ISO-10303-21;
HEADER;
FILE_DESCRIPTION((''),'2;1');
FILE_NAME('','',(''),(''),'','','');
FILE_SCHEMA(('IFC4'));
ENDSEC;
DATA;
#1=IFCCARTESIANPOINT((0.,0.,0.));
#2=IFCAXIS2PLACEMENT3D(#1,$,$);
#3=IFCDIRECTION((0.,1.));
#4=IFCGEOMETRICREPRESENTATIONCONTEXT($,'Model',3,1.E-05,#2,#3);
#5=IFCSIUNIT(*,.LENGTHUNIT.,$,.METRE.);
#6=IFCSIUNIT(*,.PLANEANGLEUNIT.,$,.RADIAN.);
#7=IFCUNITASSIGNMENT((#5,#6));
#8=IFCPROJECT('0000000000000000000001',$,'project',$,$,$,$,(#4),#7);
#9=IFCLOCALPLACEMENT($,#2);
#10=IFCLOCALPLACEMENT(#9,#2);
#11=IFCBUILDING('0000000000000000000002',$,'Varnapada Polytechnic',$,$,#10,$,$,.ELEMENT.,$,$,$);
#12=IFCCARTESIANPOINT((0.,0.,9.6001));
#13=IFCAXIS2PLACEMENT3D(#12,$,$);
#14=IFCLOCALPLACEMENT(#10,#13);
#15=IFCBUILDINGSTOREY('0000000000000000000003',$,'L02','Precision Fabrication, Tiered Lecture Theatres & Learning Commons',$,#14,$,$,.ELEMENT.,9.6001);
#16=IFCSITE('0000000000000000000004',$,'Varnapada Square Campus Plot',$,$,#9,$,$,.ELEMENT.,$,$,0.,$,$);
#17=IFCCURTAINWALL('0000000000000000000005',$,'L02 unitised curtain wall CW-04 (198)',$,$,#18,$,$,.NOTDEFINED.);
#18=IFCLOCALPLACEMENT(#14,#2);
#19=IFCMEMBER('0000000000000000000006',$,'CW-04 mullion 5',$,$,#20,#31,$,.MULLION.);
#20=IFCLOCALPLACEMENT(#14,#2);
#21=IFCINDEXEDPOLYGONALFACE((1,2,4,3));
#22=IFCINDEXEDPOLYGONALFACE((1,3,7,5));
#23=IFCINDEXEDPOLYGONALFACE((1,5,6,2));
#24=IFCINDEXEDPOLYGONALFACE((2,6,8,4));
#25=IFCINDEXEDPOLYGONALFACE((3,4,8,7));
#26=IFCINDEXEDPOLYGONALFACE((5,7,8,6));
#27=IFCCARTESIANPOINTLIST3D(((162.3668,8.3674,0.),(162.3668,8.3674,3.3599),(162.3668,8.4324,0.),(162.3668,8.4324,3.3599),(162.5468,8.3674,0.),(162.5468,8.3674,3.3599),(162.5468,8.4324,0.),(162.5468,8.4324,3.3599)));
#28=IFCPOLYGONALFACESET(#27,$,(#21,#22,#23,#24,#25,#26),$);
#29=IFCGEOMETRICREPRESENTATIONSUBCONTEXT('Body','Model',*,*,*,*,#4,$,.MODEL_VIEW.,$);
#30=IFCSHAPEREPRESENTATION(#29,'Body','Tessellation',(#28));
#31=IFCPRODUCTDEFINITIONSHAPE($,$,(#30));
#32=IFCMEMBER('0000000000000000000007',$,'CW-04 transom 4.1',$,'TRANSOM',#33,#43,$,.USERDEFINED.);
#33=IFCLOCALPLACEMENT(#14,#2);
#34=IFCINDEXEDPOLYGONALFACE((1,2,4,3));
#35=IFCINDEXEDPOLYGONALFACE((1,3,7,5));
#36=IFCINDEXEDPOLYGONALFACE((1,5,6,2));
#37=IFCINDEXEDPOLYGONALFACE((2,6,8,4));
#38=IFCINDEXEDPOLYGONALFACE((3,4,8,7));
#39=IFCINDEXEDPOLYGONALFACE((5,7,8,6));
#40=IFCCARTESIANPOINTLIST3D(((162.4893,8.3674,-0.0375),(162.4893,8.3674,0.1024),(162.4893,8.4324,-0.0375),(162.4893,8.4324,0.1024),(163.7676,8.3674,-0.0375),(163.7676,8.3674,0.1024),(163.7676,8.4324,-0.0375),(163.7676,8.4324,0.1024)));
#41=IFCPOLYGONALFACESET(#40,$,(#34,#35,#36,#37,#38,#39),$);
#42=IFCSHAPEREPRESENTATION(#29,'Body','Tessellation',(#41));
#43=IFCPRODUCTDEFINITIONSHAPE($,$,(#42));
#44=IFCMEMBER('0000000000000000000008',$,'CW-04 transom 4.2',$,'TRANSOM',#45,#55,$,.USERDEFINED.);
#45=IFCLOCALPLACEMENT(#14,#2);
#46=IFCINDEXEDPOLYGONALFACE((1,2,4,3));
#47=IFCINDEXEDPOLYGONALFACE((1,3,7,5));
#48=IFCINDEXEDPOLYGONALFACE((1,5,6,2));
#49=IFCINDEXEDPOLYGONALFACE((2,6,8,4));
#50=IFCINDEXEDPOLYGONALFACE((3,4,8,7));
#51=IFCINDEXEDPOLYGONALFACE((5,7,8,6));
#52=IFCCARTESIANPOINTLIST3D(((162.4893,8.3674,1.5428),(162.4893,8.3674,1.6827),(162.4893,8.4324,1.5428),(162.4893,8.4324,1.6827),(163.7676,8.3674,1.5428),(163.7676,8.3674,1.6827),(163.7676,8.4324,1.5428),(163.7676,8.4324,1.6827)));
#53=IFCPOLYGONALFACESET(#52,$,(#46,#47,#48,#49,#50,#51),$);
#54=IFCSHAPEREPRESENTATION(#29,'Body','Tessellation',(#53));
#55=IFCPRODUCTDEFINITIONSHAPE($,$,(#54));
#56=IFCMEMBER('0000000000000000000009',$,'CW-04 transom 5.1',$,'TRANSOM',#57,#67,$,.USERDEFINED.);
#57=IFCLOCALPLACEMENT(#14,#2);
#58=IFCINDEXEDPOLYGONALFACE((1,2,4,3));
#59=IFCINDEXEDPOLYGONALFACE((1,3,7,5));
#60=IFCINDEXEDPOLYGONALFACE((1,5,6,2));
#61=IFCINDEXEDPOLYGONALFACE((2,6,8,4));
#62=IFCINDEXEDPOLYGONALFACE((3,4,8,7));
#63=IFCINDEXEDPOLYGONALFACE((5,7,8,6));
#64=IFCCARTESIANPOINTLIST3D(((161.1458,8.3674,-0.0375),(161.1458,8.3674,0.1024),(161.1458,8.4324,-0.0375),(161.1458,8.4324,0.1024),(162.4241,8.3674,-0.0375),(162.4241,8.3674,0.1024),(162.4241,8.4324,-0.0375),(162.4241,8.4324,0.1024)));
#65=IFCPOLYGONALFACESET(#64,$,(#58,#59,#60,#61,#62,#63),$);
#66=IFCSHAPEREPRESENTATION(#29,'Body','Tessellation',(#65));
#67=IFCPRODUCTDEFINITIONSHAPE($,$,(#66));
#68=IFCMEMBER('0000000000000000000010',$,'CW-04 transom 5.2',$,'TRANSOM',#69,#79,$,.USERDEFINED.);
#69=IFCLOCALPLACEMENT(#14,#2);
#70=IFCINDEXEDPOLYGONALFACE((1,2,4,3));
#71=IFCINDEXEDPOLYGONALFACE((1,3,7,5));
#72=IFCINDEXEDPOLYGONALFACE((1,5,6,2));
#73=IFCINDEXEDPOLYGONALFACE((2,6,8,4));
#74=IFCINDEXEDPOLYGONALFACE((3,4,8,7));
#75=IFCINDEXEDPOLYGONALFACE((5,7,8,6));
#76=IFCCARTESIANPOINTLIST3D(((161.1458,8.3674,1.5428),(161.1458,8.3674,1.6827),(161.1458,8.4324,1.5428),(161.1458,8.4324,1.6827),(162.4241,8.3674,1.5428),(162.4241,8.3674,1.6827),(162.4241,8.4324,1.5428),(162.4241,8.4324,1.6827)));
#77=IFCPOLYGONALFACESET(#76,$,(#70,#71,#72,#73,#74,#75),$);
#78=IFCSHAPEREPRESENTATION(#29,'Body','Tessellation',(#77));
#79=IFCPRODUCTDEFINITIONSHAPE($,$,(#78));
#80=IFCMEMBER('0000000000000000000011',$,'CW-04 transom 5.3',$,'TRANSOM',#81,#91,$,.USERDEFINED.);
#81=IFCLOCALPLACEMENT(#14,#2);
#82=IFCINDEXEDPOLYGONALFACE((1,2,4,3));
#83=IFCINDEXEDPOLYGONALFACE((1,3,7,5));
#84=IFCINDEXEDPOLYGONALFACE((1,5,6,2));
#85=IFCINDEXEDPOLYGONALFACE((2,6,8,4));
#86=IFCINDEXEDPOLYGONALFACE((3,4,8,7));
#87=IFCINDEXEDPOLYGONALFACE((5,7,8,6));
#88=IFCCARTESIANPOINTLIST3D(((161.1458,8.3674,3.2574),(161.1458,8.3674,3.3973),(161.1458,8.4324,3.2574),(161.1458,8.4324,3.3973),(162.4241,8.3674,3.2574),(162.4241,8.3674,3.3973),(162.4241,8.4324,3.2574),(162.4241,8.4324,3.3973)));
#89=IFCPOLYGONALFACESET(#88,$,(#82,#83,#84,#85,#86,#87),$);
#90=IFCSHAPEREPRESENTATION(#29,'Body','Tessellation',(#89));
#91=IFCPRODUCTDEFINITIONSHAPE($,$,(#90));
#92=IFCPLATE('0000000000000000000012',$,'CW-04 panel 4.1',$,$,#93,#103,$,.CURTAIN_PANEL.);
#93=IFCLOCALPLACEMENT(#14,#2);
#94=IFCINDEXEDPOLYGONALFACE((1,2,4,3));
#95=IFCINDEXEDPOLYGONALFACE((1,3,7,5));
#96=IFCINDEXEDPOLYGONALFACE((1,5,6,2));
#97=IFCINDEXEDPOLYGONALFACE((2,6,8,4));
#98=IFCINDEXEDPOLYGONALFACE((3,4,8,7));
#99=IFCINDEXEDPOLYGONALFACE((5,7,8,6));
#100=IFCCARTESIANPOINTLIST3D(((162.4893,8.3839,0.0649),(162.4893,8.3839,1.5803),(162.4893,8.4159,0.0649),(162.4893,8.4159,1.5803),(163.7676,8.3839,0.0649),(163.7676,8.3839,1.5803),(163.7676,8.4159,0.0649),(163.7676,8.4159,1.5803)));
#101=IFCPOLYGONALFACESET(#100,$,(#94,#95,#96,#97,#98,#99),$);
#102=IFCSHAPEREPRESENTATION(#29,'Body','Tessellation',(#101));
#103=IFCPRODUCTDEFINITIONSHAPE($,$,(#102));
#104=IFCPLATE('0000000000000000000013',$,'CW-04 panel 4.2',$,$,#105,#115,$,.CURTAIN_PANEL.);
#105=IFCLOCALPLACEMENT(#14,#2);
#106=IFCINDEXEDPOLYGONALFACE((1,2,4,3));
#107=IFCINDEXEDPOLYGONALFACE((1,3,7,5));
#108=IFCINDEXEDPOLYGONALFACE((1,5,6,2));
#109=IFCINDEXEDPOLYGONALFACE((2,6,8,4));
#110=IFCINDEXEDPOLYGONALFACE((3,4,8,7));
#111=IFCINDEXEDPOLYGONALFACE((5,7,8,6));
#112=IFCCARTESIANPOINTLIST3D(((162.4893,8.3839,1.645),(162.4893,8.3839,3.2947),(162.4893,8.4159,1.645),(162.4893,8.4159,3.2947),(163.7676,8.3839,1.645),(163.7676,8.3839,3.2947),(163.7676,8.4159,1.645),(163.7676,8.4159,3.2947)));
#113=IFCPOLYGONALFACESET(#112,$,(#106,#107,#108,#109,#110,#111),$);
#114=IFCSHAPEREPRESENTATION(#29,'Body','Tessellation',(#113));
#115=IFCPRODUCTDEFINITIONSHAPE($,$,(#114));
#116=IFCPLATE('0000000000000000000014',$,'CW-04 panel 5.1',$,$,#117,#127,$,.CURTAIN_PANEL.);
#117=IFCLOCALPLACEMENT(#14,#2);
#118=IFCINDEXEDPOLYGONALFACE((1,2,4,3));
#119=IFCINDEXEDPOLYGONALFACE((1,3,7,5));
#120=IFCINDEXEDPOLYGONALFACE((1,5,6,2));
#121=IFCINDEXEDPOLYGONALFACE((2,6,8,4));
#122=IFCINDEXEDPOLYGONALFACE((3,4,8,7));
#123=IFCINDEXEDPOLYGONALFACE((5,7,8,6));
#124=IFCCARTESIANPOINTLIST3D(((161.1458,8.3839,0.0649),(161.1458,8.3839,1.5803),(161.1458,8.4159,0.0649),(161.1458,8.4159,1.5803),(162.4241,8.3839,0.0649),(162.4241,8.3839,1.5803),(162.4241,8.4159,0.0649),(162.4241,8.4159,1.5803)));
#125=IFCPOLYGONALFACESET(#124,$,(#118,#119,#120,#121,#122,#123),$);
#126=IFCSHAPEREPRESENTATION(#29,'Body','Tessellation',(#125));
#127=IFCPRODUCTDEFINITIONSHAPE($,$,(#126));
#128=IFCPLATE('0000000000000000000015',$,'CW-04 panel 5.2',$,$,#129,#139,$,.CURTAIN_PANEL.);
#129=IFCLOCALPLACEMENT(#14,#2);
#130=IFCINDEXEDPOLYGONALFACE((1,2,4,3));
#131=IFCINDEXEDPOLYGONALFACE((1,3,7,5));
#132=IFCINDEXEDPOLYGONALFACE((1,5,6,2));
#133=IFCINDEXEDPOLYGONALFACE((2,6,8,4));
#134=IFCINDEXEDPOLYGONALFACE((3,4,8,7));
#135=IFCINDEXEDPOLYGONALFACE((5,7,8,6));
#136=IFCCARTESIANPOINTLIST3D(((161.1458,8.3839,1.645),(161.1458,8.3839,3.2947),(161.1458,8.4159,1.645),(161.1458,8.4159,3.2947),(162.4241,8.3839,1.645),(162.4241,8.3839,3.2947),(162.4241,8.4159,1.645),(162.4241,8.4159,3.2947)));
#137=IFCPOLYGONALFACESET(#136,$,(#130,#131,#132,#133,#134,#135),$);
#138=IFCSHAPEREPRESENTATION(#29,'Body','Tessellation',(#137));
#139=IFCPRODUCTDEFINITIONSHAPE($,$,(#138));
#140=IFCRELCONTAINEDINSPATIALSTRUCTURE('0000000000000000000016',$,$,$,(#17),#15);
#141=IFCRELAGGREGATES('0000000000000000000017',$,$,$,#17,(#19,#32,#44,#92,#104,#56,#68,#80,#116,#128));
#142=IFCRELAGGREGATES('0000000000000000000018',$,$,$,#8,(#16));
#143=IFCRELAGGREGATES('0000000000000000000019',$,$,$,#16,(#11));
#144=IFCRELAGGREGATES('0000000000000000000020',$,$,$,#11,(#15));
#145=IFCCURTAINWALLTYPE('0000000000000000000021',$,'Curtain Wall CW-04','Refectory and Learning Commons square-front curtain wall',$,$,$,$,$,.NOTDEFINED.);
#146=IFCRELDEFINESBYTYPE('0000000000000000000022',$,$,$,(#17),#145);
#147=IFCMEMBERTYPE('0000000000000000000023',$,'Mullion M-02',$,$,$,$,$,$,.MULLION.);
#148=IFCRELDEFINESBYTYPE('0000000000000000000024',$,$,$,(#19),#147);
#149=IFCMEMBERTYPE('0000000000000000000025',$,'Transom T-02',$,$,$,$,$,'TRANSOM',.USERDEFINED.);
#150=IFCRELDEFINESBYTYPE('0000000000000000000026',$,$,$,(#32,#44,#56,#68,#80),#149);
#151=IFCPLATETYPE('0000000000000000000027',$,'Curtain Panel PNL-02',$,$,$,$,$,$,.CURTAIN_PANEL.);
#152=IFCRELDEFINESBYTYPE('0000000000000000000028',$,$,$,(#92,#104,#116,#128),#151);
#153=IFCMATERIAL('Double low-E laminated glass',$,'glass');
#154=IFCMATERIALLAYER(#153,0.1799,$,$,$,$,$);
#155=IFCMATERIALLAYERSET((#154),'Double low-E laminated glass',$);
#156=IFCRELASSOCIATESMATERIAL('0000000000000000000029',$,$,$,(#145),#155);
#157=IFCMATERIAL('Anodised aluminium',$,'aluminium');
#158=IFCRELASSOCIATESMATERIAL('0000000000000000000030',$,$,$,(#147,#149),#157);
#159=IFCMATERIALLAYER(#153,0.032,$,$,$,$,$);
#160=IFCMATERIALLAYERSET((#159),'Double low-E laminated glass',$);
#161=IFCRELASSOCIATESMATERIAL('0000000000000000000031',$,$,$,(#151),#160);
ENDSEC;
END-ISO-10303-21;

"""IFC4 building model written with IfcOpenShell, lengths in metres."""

from ifc_helpers import new_model, si_unit, direction, frame, origin, origin_2d, place, context, subcontext, project, spatial, rectangle, extrude, material, layer, layer_set, material_profile, profile_set, type_object, element, aggregate, save


model = new_model("IFC4")

# Units and contexts
model_context = context("Model", 3, precision=1e-05, world=origin(), true_north=direction((0.0, 1.0)))
body_context = subcontext(model_context, "Body", "Model", "MODEL_VIEW")
ifc_project = project(units=[si_unit("LENGTHUNIT", "METRE"), si_unit("PLANEANGLEUNIT", "RADIAN")], contexts=[model_context])

# Site, building, storey
site_placement = place(None, origin())
site = spatial("IfcSite", under=ifc_project, at=site_placement, Name="Varnapada Square Campus Plot", CompositionType="ELEMENT", RefElevation=0.0)
building_placement = place(site_placement, origin())
building = spatial("IfcBuilding", under=site, at=building_placement, Name="Varnapada Polytechnic", CompositionType="ELEMENT")
storey_placement = place(building_placement, frame((0.0, 0.0, 9.6001)))
storey = spatial("IfcBuildingStorey", under=building, at=storey_placement, Name="L02", Description="Precision Fabrication, Tiered Lecture Theatres & Learning Commons", CompositionType="ELEMENT", Elevation=9.6001)

# Curtain wall, members, plates
ifc_material_1 = material(Name="Double low-E laminated glass", Category="glass")
ifc_layer_1 = layer(ifc_material_1, 0.1799)
ifc_layer_set_1 = layer_set([ifc_layer_1], Name="Double low-E laminated glass")
curtain_wall_type = type_object("IfcCurtainWallType", Name="Curtain Wall CW-04", Description="Refectory and Learning Commons square-front curtain wall", PredefinedType="NOTDEFINED", material=ifc_layer_set_1)
curtain_wall_placement = place(storey_placement, origin())
curtain_wall = element("IfcCurtainWall", 1, at=curtain_wall_placement, inside=storey, type_object=curtain_wall_type, Name="L02 unitised curtain wall CW-04 (198)", PredefinedType="NOTDEFINED")
ifc_material_2 = material(Name="Anodised aluminium", Category="aluminium")
ifc_material_profile_1 = material_profile(ifc_material_2, rectangle(XDim=0.0649, YDim=0.1799, at=origin_2d()), Name="ALU M65x180")
ifc_profile_set_1 = profile_set([ifc_material_profile_1], Name="Anodised aluminium")
member_type_1 = type_object("IfcMemberType", Name="Mullion M-02", PredefinedType="MULLION", material=ifc_profile_set_1)
member_1_placement = place(storey_placement, frame((162.4568, 8.3999, 0.0), z_axis=(0.0, 0.0, 1.0), x_axis=(0.0, -1.0, 0.0)))
member_1 = element("IfcMember", 2, at=member_1_placement, type_object=member_type_1, Name="CW-04 mullion 5", PredefinedType="MULLION", context=body_context, shape_type="SweptSolid", body=[
    extrude(rectangle(XDim=0.0649, YDim=0.1799, at=origin_2d()), origin(), (0.0, 0.0, 1.0), 3.3599),
])
ifc_material_profile_2 = material_profile(ifc_material_2, rectangle(XDim=0.0649, YDim=0.1399, at=origin_2d()), Name="ALU T65x140")
ifc_profile_set_2 = profile_set([ifc_material_profile_2], Name="Anodised aluminium")
member_type_2 = type_object("IfcMemberType", Name="Transom T-02", ElementType="TRANSOM", PredefinedType="USERDEFINED", material=ifc_profile_set_2)
member_2_placement = place(storey_placement, frame((163.7676, 8.3999, 0.0325), z_axis=(-1.0, 0.0, 0.0), x_axis=(0.0, -1.0, 0.0)))
member_2 = element("IfcMember", 3, at=member_2_placement, type_object=member_type_2, Name="CW-04 transom 4.1", ObjectType="TRANSOM", PredefinedType="USERDEFINED", context=body_context, shape_type="SweptSolid", body=[
    extrude(rectangle(XDim=0.0649, YDim=0.1399, at=origin_2d()), origin(), (0.0, 0.0, 1.0), 1.2783),
])
member_3_placement = place(storey_placement, frame((163.7676, 8.3999, 1.6128), z_axis=(-1.0, 0.0, 0.0), x_axis=(0.0, -1.0, 0.0)))
member_3 = element("IfcMember", 4, at=member_3_placement, type_object=member_type_2, Name="CW-04 transom 4.2", ObjectType="TRANSOM", PredefinedType="USERDEFINED", context=body_context, shape_type="SweptSolid", body=[
    extrude(rectangle(XDim=0.0649, YDim=0.1399, at=origin_2d()), origin(), (0.0, 0.0, 1.0), 1.2783),
])
member_4_placement = place(storey_placement, frame((162.4241, 8.3999, 0.0325), z_axis=(-1.0, 0.0, 0.0), x_axis=(0.0, -1.0, 0.0)))
member_4 = element("IfcMember", 5, at=member_4_placement, type_object=member_type_2, Name="CW-04 transom 5.1", ObjectType="TRANSOM", PredefinedType="USERDEFINED", context=body_context, shape_type="SweptSolid", body=[
    extrude(rectangle(XDim=0.0649, YDim=0.1399, at=origin_2d()), origin(), (0.0, 0.0, 1.0), 1.2783),
])
member_5_placement = place(storey_placement, frame((162.4241, 8.3999, 1.6128), z_axis=(-1.0, 0.0, 0.0), x_axis=(0.0, -1.0, 0.0)))
member_5 = element("IfcMember", 6, at=member_5_placement, type_object=member_type_2, Name="CW-04 transom 5.2", ObjectType="TRANSOM", PredefinedType="USERDEFINED", context=body_context, shape_type="SweptSolid", body=[
    extrude(rectangle(XDim=0.0649, YDim=0.1399, at=origin_2d()), origin(), (0.0, 0.0, 1.0), 1.2783),
])
member_6_placement = place(storey_placement, frame((162.4241, 8.3999, 3.3274), z_axis=(-1.0, 0.0, 0.0), x_axis=(0.0, -1.0, 0.0)))
member_6 = element("IfcMember", 7, at=member_6_placement, type_object=member_type_2, Name="CW-04 transom 5.3", ObjectType="TRANSOM", PredefinedType="USERDEFINED", context=body_context, shape_type="SweptSolid", body=[
    extrude(rectangle(XDim=0.0649, YDim=0.1399, at=origin_2d()), origin(), (0.0, 0.0, 1.0), 1.2783),
])
ifc_layer_2 = layer(ifc_material_1, 0.032)
ifc_layer_set_2 = layer_set([ifc_layer_2], Name="Double low-E laminated glass")
plate_type = type_object("IfcPlateType", Name="Curtain Panel PNL-02", PredefinedType="CURTAIN_PANEL", material=ifc_layer_set_2)
plate_1_placement = place(storey_placement, frame((163.1284, 8.3999, 0.0649), z_axis=(0.0, 0.0, 1.0), x_axis=(-1.0, 0.0, 0.0)))
plate_1 = element("IfcPlate", 8, at=plate_1_placement, type_object=plate_type, Name="CW-04 panel 4.1", PredefinedType="CURTAIN_PANEL", context=body_context, shape_type="SweptSolid", body=[
    extrude(rectangle(XDim=1.2783, YDim=0.032, at=origin_2d()), origin(), (0.0, 0.0, 1.0), 1.5154),
])
plate_2_placement = place(storey_placement, frame((163.1284, 8.3999, 1.645), z_axis=(0.0, 0.0, 1.0), x_axis=(-1.0, 0.0, 0.0)))
plate_2 = element("IfcPlate", 9, at=plate_2_placement, type_object=plate_type, Name="CW-04 panel 4.2", PredefinedType="CURTAIN_PANEL", context=body_context, shape_type="SweptSolid", body=[
    extrude(rectangle(XDim=1.2783, YDim=0.032, at=origin_2d()), origin(), (0.0, 0.0, 1.0), 1.6497),
])
plate_3_placement = place(storey_placement, frame((161.7849, 8.3999, 0.0649), z_axis=(0.0, 0.0, 1.0), x_axis=(-1.0, 0.0, 0.0)))
plate_3 = element("IfcPlate", 10, at=plate_3_placement, type_object=plate_type, Name="CW-04 panel 5.1", PredefinedType="CURTAIN_PANEL", context=body_context, shape_type="SweptSolid", body=[
    extrude(rectangle(XDim=1.2783, YDim=0.032, at=origin_2d()), origin(), (0.0, 0.0, 1.0), 1.5154),
])
plate_4_placement = place(storey_placement, frame((161.7849, 8.3999, 1.645), z_axis=(0.0, 0.0, 1.0), x_axis=(-1.0, 0.0, 0.0)))
plate_4 = element("IfcPlate", 11, at=plate_4_placement, type_object=plate_type, Name="CW-04 panel 5.2", PredefinedType="CURTAIN_PANEL", context=body_context, shape_type="SweptSolid", body=[
    extrude(rectangle(XDim=1.2783, YDim=0.032, at=origin_2d()), origin(), (0.0, 0.0, 1.0), 1.6497),
])
aggregate(curtain_wall, [member_1, member_2, member_3, plate_1, plate_2, member_4, member_5, member_6, plate_3, plate_4])

save(model, "model.ifc")
